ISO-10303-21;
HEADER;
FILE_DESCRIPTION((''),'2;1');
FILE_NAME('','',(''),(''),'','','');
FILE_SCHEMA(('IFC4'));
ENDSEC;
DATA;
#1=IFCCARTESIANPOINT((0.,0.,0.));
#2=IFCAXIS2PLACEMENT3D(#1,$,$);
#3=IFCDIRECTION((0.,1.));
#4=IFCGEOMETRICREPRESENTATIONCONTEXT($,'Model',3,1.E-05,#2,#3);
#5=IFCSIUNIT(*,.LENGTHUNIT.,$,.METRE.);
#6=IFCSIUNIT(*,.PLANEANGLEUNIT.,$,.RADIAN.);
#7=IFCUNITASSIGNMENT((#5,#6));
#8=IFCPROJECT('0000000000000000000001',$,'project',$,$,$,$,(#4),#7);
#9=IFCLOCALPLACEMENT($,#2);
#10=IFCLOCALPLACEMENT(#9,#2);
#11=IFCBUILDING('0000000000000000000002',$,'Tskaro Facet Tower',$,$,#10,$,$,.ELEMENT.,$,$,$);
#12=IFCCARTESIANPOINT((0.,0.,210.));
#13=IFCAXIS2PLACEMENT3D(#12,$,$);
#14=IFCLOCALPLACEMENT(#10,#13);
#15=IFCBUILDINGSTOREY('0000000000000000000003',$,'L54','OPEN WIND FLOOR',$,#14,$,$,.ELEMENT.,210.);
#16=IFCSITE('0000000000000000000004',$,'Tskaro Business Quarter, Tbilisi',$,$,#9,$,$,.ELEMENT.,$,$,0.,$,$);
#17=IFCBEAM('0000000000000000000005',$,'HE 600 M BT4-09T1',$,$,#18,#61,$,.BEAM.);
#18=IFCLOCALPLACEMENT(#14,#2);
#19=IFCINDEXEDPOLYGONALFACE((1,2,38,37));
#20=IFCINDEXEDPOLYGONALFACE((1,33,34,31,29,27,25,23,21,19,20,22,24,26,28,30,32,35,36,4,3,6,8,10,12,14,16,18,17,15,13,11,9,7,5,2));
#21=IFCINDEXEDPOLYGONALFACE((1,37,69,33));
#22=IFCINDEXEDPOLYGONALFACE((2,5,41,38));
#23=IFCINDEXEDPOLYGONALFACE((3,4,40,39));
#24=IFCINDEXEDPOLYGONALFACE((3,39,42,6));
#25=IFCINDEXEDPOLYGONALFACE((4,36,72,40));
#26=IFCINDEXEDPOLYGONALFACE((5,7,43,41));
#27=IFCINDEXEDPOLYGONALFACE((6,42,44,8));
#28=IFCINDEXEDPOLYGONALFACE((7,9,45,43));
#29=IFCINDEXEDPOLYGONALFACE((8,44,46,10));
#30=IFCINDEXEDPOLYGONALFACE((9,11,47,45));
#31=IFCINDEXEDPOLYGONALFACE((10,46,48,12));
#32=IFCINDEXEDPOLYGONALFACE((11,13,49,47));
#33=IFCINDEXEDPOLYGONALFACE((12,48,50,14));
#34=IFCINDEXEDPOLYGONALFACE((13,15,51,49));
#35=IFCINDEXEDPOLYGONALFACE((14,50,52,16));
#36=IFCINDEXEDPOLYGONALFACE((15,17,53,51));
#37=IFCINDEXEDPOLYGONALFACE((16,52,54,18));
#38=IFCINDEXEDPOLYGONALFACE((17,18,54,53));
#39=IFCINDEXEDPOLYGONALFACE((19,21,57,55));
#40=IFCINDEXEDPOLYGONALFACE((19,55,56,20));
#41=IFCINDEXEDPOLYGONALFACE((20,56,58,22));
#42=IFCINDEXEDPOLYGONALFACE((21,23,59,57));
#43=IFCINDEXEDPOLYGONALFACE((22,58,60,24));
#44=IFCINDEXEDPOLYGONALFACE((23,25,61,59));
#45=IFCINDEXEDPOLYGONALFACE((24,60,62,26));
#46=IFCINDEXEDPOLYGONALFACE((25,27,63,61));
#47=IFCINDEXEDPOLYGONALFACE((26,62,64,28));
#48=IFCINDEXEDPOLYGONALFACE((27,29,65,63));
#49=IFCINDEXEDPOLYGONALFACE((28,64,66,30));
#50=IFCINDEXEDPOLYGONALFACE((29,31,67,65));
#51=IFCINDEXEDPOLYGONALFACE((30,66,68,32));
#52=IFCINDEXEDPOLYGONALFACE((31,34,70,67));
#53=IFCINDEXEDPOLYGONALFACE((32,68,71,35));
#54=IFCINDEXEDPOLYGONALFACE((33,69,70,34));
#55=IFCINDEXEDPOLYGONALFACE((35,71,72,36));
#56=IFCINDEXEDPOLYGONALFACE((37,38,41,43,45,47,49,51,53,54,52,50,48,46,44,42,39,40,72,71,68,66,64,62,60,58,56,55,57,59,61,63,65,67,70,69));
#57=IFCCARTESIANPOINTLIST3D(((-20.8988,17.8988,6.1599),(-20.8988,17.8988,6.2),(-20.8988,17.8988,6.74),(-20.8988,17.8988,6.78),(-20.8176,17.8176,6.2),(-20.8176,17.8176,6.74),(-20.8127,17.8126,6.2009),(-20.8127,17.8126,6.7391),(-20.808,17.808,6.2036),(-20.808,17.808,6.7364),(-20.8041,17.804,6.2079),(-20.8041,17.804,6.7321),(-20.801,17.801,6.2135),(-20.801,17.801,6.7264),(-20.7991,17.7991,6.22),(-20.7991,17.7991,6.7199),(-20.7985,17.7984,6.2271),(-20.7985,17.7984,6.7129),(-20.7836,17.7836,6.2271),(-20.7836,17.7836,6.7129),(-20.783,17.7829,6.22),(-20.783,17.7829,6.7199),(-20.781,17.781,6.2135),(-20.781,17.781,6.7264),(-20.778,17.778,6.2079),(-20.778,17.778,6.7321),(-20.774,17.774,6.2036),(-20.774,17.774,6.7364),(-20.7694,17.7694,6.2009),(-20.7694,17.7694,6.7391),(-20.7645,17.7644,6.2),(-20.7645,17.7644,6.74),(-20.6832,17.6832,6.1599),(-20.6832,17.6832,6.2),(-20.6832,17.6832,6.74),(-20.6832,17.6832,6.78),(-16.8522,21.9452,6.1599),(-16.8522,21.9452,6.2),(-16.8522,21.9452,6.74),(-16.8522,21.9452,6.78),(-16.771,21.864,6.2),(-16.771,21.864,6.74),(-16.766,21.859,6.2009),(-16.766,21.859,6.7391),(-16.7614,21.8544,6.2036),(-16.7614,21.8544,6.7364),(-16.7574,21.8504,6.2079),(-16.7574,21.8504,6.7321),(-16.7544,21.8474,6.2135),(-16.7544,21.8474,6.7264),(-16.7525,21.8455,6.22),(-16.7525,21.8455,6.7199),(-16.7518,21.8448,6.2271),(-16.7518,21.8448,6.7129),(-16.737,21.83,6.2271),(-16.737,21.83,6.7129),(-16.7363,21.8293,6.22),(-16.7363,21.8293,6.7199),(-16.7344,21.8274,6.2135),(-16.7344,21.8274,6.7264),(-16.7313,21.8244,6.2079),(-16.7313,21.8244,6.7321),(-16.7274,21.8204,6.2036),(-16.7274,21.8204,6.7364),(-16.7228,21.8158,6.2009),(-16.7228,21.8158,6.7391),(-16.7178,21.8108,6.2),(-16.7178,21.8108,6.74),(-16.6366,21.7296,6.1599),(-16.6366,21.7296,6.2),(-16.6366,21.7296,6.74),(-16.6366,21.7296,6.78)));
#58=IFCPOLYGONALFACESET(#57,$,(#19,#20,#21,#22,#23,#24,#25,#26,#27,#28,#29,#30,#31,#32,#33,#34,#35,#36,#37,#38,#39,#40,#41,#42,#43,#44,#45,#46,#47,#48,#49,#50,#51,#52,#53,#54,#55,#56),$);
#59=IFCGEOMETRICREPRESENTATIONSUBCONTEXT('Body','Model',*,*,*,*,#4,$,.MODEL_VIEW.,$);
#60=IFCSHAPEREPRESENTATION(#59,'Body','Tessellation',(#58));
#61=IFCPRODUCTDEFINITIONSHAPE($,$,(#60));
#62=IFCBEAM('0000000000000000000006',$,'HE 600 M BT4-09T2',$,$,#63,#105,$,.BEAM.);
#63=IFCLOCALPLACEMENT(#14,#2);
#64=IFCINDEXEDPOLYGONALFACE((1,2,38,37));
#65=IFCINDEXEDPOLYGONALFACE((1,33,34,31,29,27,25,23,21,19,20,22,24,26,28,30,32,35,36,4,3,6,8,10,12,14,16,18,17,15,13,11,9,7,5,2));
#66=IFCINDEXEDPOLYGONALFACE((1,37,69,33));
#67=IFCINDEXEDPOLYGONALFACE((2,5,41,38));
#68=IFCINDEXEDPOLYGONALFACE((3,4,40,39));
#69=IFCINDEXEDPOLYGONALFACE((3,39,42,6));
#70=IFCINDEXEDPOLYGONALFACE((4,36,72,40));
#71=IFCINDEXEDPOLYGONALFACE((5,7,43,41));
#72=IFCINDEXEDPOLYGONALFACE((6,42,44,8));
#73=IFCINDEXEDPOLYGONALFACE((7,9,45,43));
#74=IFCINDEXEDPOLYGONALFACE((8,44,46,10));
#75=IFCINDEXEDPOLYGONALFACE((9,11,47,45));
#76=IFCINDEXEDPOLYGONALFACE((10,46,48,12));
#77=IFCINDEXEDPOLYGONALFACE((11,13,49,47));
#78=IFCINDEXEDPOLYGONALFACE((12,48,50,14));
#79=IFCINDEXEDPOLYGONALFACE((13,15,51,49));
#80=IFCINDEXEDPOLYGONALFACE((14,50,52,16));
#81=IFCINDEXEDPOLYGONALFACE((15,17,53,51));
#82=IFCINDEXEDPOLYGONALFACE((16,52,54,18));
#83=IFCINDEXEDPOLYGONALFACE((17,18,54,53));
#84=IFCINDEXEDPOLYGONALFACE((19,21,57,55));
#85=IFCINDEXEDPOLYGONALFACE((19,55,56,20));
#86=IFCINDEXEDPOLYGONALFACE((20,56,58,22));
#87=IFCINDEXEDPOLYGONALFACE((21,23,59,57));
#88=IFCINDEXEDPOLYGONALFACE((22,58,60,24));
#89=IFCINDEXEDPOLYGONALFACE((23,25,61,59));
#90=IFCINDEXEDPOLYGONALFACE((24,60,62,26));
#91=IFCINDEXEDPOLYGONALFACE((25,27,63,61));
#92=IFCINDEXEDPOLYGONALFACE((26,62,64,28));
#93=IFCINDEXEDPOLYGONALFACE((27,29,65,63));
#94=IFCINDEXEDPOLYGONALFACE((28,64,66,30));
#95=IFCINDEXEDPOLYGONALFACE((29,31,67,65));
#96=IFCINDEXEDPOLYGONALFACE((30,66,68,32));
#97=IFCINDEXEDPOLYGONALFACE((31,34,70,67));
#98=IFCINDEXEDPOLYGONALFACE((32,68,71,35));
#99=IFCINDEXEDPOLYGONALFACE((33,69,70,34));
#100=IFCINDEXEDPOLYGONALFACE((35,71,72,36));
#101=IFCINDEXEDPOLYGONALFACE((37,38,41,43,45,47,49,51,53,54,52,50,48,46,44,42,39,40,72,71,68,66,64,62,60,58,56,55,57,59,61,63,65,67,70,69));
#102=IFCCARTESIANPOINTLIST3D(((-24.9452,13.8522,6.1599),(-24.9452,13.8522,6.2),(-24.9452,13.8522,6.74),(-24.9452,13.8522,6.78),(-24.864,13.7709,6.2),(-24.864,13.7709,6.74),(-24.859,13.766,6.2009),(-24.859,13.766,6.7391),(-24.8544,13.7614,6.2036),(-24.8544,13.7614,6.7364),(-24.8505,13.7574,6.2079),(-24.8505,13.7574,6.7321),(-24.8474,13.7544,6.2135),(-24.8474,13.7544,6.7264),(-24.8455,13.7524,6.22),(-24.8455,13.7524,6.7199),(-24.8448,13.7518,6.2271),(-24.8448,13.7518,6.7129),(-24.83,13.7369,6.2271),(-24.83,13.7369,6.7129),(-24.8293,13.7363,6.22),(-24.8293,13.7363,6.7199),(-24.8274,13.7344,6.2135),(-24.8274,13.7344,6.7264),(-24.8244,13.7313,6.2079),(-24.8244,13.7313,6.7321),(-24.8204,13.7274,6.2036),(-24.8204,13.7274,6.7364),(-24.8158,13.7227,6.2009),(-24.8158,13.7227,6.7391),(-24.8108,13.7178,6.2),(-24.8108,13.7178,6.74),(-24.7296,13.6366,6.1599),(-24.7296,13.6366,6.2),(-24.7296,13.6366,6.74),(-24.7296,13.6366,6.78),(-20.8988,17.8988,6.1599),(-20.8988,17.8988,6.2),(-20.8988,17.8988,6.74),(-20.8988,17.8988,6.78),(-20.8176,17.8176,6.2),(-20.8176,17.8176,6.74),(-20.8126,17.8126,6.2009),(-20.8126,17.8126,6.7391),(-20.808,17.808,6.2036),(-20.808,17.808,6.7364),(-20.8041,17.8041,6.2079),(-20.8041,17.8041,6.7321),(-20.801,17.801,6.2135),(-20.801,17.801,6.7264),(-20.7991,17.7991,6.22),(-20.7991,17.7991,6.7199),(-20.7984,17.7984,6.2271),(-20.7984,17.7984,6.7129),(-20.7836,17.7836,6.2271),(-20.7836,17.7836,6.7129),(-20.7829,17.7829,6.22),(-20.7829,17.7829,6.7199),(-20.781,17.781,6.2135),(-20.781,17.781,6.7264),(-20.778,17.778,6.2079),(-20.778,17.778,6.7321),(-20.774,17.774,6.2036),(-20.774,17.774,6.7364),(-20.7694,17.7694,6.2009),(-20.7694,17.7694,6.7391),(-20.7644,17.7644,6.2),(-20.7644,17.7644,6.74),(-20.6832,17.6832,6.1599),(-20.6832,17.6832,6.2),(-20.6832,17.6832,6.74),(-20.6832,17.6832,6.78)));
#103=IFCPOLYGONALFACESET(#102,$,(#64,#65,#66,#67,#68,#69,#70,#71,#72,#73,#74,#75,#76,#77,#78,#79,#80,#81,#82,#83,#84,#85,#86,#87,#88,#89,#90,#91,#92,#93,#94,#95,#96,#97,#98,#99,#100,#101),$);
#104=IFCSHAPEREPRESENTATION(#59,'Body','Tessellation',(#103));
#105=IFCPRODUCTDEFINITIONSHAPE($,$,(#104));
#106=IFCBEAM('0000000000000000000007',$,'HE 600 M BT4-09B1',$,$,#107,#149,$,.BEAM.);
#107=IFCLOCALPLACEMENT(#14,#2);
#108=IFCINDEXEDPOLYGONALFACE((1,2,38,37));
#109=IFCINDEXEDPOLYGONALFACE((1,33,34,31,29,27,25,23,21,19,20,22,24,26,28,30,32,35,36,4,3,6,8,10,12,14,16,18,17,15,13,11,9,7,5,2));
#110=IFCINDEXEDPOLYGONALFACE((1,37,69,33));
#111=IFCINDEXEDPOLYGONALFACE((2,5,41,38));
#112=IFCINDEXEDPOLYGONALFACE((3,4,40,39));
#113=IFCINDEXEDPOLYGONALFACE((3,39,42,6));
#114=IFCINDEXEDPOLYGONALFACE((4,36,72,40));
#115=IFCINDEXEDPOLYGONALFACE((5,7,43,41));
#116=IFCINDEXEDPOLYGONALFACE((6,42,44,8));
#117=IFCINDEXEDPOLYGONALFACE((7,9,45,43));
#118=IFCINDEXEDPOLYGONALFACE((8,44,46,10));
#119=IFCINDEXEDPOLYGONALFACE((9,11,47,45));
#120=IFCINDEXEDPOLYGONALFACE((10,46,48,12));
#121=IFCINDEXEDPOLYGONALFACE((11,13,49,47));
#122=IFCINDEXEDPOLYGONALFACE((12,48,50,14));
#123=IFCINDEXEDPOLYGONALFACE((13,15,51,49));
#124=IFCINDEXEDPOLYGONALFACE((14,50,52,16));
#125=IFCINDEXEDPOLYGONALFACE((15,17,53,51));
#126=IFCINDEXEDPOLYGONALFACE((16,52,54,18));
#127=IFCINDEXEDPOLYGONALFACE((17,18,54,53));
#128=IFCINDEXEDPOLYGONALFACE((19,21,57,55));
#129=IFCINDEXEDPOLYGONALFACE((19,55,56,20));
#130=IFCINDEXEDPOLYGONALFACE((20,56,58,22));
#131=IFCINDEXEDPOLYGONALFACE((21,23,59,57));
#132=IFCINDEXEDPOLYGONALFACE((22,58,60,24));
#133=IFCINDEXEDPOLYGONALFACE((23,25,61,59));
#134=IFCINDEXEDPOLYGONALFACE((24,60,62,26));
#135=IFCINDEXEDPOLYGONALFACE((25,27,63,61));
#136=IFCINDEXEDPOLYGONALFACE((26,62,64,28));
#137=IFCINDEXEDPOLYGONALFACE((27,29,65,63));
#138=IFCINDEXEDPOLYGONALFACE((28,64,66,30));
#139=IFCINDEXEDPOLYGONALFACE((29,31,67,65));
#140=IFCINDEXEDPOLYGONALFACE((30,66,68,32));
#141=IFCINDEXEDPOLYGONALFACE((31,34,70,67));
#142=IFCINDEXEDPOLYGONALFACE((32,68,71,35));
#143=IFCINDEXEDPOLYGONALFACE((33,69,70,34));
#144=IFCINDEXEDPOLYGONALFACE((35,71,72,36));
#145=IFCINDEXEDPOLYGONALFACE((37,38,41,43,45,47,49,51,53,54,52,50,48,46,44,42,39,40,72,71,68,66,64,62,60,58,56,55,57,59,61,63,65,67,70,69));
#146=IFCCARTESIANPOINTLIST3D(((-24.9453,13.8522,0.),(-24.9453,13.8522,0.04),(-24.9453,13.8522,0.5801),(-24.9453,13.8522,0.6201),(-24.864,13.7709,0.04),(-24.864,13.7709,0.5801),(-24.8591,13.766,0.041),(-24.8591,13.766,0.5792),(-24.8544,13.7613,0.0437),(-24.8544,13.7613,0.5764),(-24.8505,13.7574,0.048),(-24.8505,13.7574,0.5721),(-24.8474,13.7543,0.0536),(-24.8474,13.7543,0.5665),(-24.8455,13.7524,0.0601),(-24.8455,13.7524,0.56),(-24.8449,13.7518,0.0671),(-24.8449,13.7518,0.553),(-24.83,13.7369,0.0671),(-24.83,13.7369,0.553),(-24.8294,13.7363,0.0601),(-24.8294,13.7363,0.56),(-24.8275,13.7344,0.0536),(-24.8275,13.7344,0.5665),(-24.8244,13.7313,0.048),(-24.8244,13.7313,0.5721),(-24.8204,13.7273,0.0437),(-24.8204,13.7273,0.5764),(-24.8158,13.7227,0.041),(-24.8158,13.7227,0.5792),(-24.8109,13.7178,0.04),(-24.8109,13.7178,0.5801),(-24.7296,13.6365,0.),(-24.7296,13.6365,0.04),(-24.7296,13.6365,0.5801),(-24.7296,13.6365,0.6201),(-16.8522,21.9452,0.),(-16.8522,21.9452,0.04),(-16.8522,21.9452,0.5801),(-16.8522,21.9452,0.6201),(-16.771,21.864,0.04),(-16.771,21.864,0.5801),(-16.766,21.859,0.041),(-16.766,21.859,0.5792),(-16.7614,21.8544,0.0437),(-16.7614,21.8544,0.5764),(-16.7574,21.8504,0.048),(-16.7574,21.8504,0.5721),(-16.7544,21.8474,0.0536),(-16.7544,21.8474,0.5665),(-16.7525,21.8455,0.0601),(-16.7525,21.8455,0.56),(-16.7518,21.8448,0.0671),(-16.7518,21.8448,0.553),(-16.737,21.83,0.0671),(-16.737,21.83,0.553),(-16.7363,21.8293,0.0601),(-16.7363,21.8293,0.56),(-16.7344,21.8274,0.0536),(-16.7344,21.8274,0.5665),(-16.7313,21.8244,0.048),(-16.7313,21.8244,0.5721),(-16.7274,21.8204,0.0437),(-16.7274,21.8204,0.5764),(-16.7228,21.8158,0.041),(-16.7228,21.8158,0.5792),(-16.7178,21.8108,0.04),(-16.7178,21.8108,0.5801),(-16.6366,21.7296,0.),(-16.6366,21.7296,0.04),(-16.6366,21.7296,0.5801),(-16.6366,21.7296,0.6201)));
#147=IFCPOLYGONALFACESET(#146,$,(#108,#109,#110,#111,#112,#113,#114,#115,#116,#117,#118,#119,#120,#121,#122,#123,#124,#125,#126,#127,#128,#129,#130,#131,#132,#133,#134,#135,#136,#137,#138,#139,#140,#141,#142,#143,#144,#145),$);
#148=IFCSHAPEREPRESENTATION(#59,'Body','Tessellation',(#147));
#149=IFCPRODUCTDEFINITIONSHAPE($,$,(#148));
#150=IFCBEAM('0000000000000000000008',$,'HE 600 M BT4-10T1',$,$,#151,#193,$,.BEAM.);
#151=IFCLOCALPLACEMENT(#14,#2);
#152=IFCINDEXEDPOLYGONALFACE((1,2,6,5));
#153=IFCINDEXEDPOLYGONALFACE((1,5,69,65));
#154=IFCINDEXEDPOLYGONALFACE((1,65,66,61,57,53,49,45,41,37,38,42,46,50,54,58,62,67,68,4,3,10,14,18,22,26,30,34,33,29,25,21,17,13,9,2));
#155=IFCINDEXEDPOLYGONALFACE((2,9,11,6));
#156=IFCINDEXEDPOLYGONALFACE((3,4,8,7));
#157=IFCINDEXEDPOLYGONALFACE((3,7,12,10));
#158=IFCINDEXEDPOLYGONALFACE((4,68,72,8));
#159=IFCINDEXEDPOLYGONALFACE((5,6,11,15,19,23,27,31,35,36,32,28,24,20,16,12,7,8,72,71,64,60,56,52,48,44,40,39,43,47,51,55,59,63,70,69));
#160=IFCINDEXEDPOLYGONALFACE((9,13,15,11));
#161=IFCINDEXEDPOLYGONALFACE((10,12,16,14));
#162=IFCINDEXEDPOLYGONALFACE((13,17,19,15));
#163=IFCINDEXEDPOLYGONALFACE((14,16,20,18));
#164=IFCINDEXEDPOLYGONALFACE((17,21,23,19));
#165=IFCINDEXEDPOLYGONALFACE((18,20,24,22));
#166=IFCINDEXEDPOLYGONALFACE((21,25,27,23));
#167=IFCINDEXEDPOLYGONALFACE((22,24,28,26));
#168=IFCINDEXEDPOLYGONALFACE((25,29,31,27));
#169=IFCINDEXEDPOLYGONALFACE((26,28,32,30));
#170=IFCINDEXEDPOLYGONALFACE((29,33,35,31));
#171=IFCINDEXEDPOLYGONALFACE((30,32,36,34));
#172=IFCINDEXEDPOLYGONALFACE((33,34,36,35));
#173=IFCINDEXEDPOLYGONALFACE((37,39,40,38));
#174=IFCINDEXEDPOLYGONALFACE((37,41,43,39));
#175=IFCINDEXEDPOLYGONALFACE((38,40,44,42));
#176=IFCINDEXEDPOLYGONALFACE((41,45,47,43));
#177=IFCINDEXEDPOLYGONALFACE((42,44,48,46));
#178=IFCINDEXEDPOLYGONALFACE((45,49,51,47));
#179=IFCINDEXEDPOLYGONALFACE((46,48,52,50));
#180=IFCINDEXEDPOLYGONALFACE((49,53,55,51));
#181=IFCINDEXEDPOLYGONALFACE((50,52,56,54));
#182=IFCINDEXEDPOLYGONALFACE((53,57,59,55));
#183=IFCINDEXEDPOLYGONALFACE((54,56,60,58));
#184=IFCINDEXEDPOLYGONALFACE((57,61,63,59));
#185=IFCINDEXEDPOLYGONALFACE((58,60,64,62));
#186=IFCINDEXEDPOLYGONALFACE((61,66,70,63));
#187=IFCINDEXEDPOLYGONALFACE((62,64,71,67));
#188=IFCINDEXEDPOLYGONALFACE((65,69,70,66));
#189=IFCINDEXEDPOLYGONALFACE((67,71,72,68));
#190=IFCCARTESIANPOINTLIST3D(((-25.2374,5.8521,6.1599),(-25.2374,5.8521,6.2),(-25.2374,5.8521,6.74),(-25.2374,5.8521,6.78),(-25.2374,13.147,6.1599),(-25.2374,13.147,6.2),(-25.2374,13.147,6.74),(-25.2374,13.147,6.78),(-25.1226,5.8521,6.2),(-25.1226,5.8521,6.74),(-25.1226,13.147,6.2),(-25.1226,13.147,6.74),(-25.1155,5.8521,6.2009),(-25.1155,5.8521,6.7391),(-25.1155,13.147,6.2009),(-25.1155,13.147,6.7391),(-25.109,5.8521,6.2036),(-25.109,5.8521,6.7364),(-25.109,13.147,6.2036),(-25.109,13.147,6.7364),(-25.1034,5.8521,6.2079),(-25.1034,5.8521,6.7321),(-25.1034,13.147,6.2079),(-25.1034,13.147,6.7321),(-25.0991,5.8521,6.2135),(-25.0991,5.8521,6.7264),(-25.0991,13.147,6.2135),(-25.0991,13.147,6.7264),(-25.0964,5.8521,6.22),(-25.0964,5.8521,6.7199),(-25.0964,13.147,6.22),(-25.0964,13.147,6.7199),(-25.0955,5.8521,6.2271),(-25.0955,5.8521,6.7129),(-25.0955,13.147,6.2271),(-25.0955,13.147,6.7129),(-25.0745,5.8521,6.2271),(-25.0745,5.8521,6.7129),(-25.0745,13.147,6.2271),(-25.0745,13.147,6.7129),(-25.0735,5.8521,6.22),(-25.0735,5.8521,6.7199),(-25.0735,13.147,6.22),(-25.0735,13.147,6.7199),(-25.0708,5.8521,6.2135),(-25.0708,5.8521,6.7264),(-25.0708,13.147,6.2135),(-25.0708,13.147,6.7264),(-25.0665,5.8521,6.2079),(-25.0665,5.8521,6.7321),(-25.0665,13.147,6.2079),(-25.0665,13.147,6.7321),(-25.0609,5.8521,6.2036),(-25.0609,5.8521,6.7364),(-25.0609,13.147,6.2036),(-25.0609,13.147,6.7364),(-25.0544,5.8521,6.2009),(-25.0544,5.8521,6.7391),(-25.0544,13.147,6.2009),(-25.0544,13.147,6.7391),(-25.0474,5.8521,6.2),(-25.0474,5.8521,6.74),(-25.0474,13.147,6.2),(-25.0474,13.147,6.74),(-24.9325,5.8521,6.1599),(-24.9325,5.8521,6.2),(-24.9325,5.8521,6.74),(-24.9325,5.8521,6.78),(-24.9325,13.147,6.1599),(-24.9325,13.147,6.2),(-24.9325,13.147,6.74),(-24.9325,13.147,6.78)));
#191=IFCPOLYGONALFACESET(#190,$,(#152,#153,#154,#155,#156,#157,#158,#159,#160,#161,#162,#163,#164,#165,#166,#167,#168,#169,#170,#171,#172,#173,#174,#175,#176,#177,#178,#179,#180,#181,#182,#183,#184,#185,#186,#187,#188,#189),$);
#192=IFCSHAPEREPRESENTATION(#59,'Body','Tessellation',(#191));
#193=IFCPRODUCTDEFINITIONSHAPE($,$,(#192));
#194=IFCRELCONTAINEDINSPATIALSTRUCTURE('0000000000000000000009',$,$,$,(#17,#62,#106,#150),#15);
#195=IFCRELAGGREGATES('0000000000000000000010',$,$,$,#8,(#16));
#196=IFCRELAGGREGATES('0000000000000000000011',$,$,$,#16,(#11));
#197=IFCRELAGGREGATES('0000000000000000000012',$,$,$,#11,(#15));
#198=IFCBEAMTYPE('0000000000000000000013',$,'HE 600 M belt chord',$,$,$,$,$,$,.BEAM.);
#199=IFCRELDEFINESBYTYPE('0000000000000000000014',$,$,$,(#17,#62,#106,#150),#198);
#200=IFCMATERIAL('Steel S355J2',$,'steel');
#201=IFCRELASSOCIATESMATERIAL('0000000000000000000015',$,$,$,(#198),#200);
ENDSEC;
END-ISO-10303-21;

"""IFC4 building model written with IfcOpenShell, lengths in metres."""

from ifc_helpers import new_model, si_unit, direction, frame, origin, origin_2d, place, context, subcontext, project, spatial, i_section, extrude, material, material_profile, profile_set, type_object, element, save


model = new_model("IFC4")

# Units and contexts
model_context = context("Model", 3, precision=1e-05, world=origin(), true_north=direction((0.0, 1.0)))
body_context = subcontext(model_context, "Body", "Model", "MODEL_VIEW")
ifc_project = project(units=[si_unit("LENGTHUNIT", "METRE"), si_unit("PLANEANGLEUNIT", "RADIAN")], contexts=[model_context])

# Site, building, storey
site_placement = place(None, origin())
site = spatial("IfcSite", under=ifc_project, at=site_placement, Name="Tskaro Business Quarter, Tbilisi", CompositionType="ELEMENT", RefElevation=0.0)
building_placement = place(site_placement, origin())
building = spatial("IfcBuilding", under=site, at=building_placement, Name="Tskaro Facet Tower", CompositionType="ELEMENT")
storey_placement = place(building_placement, frame((0.0, 0.0, 210.0)))
storey = spatial("IfcBuildingStorey", under=building, at=storey_placement, Name="L54", Description="OPEN WIND FLOOR", CompositionType="ELEMENT", Elevation=210.0)

# Shared definitions
ifc_material_1 = material(Name="Steel S355J2", Category="steel")

# Beams
ifc_material_profile_1 = material_profile(ifc_material_1, i_section(OverallWidth=0.3049, OverallDepth=0.6201, WebThickness=0.021, FlangeThickness=0.04, FilletRadius=0.0271, at=origin_2d()), Name="HE 600 M")
ifc_profile_set_1 = profile_set([ifc_material_profile_1], Name="Steel S355J2")
beam_type_1 = type_object("IfcBeamType", Name="HE 600 M belt chord", PredefinedType="BEAM", material=ifc_profile_set_1)
for number, where, z_axis, x_axis, name in (
    (1, (-16.7444, 21.8374, 6.47), (-0.707128, -0.707085, 0.0), (0.707085, -0.707128, 0.0), "HE 600 M BT4-09T1"),
    (2, (-20.791, 17.791, 6.47), (-0.707085, -0.707128, 0.0), (0.707128, -0.707085, 0.0), "HE 600 M BT4-09T2"),
):
    element("IfcBeam", number, at=place(storey_placement, frame(where, z_axis=z_axis, x_axis=x_axis)), inside=storey, type_object=beam_type_1, Name=name, PredefinedType="BEAM", context=body_context, shape_type="SweptSolid", body=[
        extrude(i_section(OverallWidth=0.3049, OverallDepth=0.6201, WebThickness=0.021, FlangeThickness=0.04, FilletRadius=0.0271, at=origin_2d()), origin(), (0.0, 0.0, 1.0), 5.7227),
    ])
beam_1_placement = place(storey_placement, frame((-16.7444, 21.8374, 0.3101), z_axis=(-0.707107, -0.707107, 0.0), x_axis=(0.707107, -0.707107, 0.0)))
element("IfcBeam", 3, at=beam_1_placement, inside=storey, type_object=beam_type_1, Name="HE 600 M BT4-09B1", PredefinedType="BEAM", context=body_context, shape_type="SweptSolid", body=[
    extrude(i_section(OverallWidth=0.3049, OverallDepth=0.6201, WebThickness=0.021, FlangeThickness=0.04, FilletRadius=0.0271, at=origin_2d()), origin(), (0.0, 0.0, 1.0), 11.4453),
])
beam_2_placement = place(storey_placement, frame((-25.085, 13.147, 6.47), z_axis=(0.0, -1.0, 0.0), x_axis=(1.0, 0.0, 0.0)))
element("IfcBeam", 4, at=beam_2_placement, inside=storey, type_object=beam_type_1, Name="HE 600 M BT4-10T1", PredefinedType="BEAM", context=body_context, shape_type="SweptSolid", body=[
    extrude(i_section(OverallWidth=0.3049, OverallDepth=0.6201, WebThickness=0.021, FlangeThickness=0.04, FilletRadius=0.0271, at=origin_2d()), origin(), (0.0, 0.0, 1.0), 7.2949),
])

save(model, "model.ifc")
